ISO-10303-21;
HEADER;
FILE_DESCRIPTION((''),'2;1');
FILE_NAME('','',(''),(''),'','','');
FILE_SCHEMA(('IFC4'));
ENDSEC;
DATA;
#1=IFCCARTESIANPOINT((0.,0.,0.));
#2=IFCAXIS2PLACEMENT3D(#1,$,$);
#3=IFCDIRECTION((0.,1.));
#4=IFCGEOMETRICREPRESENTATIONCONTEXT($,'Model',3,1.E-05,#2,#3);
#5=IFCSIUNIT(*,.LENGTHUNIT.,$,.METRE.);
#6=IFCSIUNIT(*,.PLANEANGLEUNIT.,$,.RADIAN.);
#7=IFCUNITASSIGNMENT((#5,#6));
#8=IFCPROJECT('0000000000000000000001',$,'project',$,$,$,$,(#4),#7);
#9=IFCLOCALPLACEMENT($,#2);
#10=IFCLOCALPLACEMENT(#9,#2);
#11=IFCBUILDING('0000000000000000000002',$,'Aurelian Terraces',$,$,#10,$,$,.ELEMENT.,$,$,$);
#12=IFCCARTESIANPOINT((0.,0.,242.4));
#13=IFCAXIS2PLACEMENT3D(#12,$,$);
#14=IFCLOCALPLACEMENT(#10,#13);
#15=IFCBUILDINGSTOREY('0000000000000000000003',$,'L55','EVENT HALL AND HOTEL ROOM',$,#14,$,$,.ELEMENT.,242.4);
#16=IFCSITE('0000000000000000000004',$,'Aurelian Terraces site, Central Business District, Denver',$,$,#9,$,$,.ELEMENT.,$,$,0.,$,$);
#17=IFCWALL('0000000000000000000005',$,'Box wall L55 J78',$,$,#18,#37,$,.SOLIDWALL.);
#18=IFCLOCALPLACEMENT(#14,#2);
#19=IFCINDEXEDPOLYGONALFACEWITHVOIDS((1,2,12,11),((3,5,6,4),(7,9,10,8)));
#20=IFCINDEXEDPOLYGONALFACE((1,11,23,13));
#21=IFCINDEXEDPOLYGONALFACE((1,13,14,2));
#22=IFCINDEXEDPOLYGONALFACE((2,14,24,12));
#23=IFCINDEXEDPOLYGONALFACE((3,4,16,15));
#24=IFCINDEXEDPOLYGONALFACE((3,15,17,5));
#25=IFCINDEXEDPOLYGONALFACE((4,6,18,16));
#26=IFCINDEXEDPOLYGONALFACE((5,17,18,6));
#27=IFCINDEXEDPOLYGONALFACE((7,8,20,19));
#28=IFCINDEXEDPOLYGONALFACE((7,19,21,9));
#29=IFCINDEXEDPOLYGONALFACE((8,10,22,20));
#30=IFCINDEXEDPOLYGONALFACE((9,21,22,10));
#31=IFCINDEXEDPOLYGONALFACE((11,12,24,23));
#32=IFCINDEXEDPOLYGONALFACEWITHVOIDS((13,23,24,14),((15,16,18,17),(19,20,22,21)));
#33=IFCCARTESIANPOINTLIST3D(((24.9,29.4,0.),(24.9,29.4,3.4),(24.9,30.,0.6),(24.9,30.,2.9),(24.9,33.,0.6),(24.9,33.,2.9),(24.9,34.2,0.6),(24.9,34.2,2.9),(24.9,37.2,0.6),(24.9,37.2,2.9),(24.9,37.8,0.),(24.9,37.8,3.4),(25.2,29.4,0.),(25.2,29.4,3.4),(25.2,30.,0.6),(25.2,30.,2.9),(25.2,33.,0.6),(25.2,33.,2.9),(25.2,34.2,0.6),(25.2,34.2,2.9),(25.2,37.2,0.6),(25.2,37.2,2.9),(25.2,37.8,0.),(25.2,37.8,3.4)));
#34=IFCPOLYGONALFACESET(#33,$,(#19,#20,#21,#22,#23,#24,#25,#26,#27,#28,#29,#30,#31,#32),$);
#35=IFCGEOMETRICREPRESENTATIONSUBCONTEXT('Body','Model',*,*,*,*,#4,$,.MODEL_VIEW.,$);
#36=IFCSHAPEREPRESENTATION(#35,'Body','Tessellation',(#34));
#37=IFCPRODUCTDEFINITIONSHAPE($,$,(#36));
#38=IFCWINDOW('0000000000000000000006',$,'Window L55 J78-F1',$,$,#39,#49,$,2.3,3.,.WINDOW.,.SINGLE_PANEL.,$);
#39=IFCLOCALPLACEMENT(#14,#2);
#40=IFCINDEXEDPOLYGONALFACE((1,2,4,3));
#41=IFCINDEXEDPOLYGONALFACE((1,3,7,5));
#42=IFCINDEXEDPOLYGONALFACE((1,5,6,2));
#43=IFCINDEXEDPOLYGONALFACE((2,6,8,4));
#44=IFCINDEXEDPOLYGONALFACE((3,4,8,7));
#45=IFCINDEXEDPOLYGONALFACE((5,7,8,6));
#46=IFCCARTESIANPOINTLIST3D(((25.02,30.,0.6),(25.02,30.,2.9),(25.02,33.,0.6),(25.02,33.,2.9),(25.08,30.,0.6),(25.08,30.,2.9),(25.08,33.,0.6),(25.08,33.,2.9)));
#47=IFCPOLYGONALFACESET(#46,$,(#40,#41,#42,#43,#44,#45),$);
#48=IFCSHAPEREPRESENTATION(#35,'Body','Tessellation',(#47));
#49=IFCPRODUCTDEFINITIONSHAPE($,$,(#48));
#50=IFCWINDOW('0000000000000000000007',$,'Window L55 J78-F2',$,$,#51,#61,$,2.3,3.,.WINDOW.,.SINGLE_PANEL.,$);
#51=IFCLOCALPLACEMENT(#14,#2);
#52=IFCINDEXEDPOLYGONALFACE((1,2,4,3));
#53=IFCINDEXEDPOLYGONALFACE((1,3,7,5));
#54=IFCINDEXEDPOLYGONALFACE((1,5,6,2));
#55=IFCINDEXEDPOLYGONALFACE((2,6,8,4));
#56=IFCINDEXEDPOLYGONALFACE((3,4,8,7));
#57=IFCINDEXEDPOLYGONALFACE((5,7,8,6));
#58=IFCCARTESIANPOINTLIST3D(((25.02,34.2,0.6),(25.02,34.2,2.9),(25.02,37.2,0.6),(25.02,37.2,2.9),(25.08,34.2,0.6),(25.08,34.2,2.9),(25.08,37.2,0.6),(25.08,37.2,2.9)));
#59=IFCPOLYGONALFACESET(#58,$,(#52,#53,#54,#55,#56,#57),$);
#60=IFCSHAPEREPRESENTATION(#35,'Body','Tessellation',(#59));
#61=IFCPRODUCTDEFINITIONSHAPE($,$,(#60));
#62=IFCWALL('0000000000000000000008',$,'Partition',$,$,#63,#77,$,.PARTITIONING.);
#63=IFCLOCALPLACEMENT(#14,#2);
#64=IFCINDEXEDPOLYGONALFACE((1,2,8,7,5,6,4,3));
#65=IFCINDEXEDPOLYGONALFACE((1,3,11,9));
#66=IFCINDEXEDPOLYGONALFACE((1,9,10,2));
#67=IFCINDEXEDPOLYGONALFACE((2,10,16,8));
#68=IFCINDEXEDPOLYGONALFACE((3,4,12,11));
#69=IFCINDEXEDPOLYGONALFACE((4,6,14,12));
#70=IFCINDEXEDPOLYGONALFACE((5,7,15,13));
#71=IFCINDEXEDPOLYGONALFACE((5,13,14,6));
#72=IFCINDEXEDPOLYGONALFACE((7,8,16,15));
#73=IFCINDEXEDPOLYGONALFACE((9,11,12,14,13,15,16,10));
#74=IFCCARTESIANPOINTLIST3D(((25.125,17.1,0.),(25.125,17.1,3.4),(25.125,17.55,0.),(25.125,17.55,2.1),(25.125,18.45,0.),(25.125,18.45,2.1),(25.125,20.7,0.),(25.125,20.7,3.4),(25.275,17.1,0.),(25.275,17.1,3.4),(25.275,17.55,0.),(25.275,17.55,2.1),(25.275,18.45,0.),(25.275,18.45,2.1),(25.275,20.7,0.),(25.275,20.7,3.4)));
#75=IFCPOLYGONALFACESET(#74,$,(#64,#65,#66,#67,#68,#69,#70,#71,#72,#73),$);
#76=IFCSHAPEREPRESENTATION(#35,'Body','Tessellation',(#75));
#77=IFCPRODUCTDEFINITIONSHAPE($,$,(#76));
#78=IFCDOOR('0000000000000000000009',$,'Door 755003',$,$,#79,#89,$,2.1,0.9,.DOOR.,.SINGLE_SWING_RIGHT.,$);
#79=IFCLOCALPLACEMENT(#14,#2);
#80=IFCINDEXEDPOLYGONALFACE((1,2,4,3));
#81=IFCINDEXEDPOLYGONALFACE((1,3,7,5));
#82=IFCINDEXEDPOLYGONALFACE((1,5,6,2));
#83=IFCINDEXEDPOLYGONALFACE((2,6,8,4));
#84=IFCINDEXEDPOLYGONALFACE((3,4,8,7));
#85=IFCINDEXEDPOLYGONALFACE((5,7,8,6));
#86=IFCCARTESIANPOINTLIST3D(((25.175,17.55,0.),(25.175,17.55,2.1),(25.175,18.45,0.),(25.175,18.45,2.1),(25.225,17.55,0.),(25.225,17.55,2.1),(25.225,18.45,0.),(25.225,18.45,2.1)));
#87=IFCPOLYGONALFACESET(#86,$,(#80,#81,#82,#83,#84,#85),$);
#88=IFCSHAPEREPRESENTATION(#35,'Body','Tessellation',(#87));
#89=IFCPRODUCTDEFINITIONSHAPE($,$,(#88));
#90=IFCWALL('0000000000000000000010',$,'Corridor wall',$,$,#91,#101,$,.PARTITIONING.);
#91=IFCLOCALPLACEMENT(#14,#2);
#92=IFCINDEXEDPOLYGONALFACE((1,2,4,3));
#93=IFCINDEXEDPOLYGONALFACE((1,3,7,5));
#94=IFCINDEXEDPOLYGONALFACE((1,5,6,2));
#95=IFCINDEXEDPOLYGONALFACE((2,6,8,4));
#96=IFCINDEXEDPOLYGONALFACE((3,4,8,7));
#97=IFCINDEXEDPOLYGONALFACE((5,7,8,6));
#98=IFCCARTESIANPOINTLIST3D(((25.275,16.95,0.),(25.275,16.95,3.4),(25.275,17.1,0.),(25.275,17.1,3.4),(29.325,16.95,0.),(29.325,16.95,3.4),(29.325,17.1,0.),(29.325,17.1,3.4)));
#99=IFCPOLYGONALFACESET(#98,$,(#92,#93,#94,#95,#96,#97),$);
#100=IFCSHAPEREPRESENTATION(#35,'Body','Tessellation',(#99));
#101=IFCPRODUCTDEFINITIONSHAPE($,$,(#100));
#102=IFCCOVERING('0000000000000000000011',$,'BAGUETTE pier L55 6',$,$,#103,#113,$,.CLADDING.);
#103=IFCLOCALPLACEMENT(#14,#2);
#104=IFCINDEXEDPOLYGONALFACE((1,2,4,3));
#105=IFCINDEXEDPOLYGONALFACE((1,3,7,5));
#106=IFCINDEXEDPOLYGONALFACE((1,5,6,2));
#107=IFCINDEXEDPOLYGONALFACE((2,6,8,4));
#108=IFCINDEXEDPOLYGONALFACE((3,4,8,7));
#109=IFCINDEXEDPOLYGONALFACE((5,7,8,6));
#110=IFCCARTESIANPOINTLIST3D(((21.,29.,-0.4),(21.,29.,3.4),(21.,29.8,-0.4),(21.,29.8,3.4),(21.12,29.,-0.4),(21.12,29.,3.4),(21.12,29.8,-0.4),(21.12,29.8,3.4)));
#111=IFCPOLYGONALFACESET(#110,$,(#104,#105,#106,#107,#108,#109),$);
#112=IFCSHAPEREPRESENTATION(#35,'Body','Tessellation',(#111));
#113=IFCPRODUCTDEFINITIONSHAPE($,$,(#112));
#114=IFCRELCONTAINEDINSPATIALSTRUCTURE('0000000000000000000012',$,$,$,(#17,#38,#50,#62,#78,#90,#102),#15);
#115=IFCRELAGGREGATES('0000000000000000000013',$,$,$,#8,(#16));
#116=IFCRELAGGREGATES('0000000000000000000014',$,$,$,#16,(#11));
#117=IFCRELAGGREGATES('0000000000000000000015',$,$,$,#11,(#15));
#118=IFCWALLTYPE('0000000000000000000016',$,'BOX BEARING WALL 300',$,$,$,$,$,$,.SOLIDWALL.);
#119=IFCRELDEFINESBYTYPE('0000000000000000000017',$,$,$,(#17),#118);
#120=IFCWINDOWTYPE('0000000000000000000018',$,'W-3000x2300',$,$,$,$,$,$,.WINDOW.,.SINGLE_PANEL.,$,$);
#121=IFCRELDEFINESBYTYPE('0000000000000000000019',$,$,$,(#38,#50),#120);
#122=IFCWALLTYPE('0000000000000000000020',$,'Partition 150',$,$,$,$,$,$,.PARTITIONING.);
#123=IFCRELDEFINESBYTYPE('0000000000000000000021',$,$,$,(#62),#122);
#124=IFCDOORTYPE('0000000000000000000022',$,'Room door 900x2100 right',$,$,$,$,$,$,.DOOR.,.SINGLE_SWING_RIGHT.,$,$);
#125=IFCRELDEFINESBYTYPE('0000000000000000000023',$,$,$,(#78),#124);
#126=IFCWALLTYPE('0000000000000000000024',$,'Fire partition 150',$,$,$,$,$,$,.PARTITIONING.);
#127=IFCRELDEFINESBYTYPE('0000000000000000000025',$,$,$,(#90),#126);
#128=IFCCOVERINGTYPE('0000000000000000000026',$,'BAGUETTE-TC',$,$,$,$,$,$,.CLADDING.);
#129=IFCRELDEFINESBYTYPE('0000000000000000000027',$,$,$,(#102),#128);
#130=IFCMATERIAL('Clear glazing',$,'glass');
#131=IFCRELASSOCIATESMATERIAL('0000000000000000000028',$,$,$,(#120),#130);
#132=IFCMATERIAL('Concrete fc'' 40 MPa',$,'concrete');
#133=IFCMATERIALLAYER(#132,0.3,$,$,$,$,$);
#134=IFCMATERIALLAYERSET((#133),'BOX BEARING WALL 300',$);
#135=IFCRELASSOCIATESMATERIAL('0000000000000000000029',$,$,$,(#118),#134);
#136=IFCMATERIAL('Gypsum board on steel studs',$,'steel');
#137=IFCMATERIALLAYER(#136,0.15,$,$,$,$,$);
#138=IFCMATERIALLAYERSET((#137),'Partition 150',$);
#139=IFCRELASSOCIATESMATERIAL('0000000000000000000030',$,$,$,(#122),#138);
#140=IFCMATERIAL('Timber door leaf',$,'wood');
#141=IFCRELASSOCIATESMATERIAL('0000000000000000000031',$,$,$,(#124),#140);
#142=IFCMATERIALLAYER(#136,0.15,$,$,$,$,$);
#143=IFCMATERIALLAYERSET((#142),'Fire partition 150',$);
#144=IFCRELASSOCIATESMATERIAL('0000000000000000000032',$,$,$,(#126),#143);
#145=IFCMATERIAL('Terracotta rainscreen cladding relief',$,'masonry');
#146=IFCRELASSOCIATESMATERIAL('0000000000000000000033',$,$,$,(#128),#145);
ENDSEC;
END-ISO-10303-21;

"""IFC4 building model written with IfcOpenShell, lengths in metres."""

from ifc_helpers import new_model, si_unit, direction, frame, frame_2d, origin, origin_2d, place, context, subcontext, project, spatial, rectangle, extrude, source, transform, mapped, material, layer, layer_set, type_object, element, fill, save


model = new_model("IFC4")

# Units and contexts
model_context = context("Model", 3, precision=1e-05, world=origin(), true_north=direction((0.0, 1.0)))
body_context = subcontext(model_context, "Body", "Model", "MODEL_VIEW")
ifc_project = project(units=[si_unit("LENGTHUNIT", "METRE"), si_unit("PLANEANGLEUNIT", "RADIAN")], contexts=[model_context])

# Site, building, storey
site_placement = place(None, origin())
site = spatial("IfcSite", under=ifc_project, at=site_placement, Name="Aurelian Terraces site, Central Business District, Denver", CompositionType="ELEMENT", RefElevation=0.0)
building_placement = place(site_placement, origin())
building = spatial("IfcBuilding", under=site, at=building_placement, Name="Aurelian Terraces", CompositionType="ELEMENT")
storey_placement = place(building_placement, frame((0.0, 0.0, 242.4)))
storey = spatial("IfcBuildingStorey", under=building, at=storey_placement, Name="L55", Description="EVENT HALL AND HOTEL ROOM", CompositionType="ELEMENT", Elevation=242.4)

# Shared definitions
ifc_material_1 = material(Name="Concrete fc' 40 MPa", Category="concrete")
ifc_material_2 = material(Name="Clear glazing", Category="glass")

# Wall, openings, windows
shared_shape_1 = source(origin(), body_context, "Body", "SweptSolid", [
    extrude(rectangle(XDim=3.0, YDim=2.3, at=frame_2d((1.5, 1.15))), frame((0.0, 0.16, 0.0), z_axis=(0.0, -1.0, 0.0), x_axis=(1.0, 0.0, 0.0)), (0.0, 0.0, 1.0), 0.32),
])
window_type_1 = type_object("IfcWindowType", Name="W-3000x2300", PartitioningType="SINGLE_PANEL", PredefinedType="WINDOW", material=ifc_material_2)
shared_shape_2 = source(origin(), body_context, "Body", "SweptSolid", [
    extrude(rectangle(XDim=3.0, YDim=2.3, at=frame_2d((1.5, 1.15))), frame((0.0, 0.03, 0.0), z_axis=(0.0, -1.0, 0.0), x_axis=(1.0, 0.0, 0.0)), (0.0, 0.0, 1.0), 0.06),
])
ifc_layer_1 = layer(ifc_material_1, 0.3)
ifc_layer_set_1 = layer_set([ifc_layer_1], Name="BOX BEARING WALL 300")
wall_type_1 = type_object("IfcWallType", Name="BOX BEARING WALL 300", PredefinedType="SOLIDWALL", material=ifc_layer_set_1)
shared_shape_3 = source(origin(), body_context, "Body", "SweptSolid", [
    extrude(rectangle(XDim=8.4, YDim=0.3, at=frame_2d((4.2, 0.0))), origin(), (0.0, 0.0, 1.0), 3.4),
])
wall_1_placement = place(storey_placement, frame((25.05, 29.4, 0.0), z_axis=(0.0, 0.0, 1.0), x_axis=(0.0, 1.0, 0.0)))
wall_1 = element("IfcWall", 1, at=wall_1_placement, inside=storey, type_object=wall_type_1, Name="Box wall L55 J78", PredefinedType="SOLIDWALL", context=body_context, shape_type="MappedRepresentation", body=[
    mapped(shared_shape_3, transform((0.0, 0.0, 0.0), scale=1.0)),
])
opening_1_placement = place(wall_1_placement, frame((0.6, 0.0, 0.6)))
opening_1 = element("IfcOpeningElement", 2, at=opening_1_placement, cuts=wall_1, PredefinedType="OPENING", context=body_context, shape_type="MappedRepresentation", body=[
    mapped(shared_shape_1, transform((0.0, 0.0, 0.0), scale=1.0)),
])
opening_2_placement = place(wall_1_placement, frame((4.8, 0.0, 0.6)))
opening_2 = element("IfcOpeningElement", 3, at=opening_2_placement, cuts=wall_1, PredefinedType="OPENING", context=body_context, shape_type="MappedRepresentation", body=[
    mapped(shared_shape_1, transform((0.0, 0.0, 0.0), scale=1.0)),
])
window_1_placement = place(opening_1_placement, origin())
window_1 = element("IfcWindow", 4, at=window_1_placement, inside=storey, type_object=window_type_1, Name="Window L55 J78-F1", OverallHeight=2.3, OverallWidth=3.0, PartitioningType="SINGLE_PANEL", PredefinedType="WINDOW", context=body_context, shape_type="MappedRepresentation", body=[
    mapped(shared_shape_2, transform((0.0, 0.0, 0.0), scale=1.0)),
])
fill(opening_1, window_1)
window_2_placement = place(opening_2_placement, origin())
window_2 = element("IfcWindow", 5, at=window_2_placement, inside=storey, type_object=window_type_1, Name="Window L55 J78-F2", OverallHeight=2.3, OverallWidth=3.0, PartitioningType="SINGLE_PANEL", PredefinedType="WINDOW", context=body_context, shape_type="MappedRepresentation", body=[
    mapped(shared_shape_2, transform((0.0, 0.0, 0.0), scale=1.0)),
])
fill(opening_2, window_2)

# Wall, opening, door
ifc_material_3 = material(Name="Gypsum board on steel studs", Category="steel")
ifc_layer_2 = layer(ifc_material_3, 0.15)
ifc_layer_set_2 = layer_set([ifc_layer_2], Name="Partition 150")
wall_type_2 = type_object("IfcWallType", Name="Partition 150", PredefinedType="PARTITIONING", material=ifc_layer_set_2)
shared_shape_4 = source(origin(), body_context, "Body", "SweptSolid", [
    extrude(rectangle(XDim=3.6, YDim=0.15, at=frame_2d((1.8, 0.0))), origin(), (0.0, 0.0, 1.0), 3.4),
])
wall_2_placement = place(storey_placement, frame((25.2, 20.7, 0.0), z_axis=(0.0, 0.0, 1.0), x_axis=(0.0, -1.0, 0.0)))
wall_2 = element("IfcWall", 6, at=wall_2_placement, inside=storey, type_object=wall_type_2, Name="Partition", PredefinedType="PARTITIONING", context=body_context, shape_type="MappedRepresentation", body=[
    mapped(shared_shape_4, transform((0.0, 0.0, 0.0), scale=1.0)),
])
shared_shape_5 = source(origin(), body_context, "Body", "SweptSolid", [
    extrude(rectangle(XDim=0.9, YDim=2.1, at=frame_2d((0.45, 1.05))), frame((0.0, 0.085, 0.0), z_axis=(0.0, -1.0, 0.0), x_axis=(1.0, 0.0, 0.0)), (0.0, 0.0, 1.0), 0.17),
])
opening_3_placement = place(wall_2_placement, frame((2.25, 0.0, 0.0)))
opening_3 = element("IfcOpeningElement", 7, at=opening_3_placement, cuts=wall_2, PredefinedType="OPENING", context=body_context, shape_type="MappedRepresentation", body=[
    mapped(shared_shape_5, transform((0.0, 0.0, 0.0), scale=1.0)),
])
ifc_material_4 = material(Name="Timber door leaf", Category="wood")
door_type = type_object("IfcDoorType", Name="Room door 900x2100 right", OperationType="SINGLE_SWING_RIGHT", PredefinedType="DOOR", material=ifc_material_4)
shared_shape_6 = source(origin(), body_context, "Body", "SweptSolid", [
    extrude(rectangle(XDim=0.9, YDim=2.1, at=frame_2d((0.45, 1.05))), frame((0.0, 0.025, 0.0), z_axis=(0.0, -1.0, 0.0), x_axis=(1.0, 0.0, 0.0)), (0.0, 0.0, 1.0), 0.05),
])
door_placement = place(opening_3_placement, origin())
door = element("IfcDoor", 8, at=door_placement, inside=storey, type_object=door_type, Name="Door 755003", OperationType="SINGLE_SWING_RIGHT", OverallHeight=2.1, OverallWidth=0.9, PredefinedType="DOOR", context=body_context, shape_type="MappedRepresentation", body=[
    mapped(shared_shape_6, transform((0.0, 0.0, 0.0), scale=1.0)),
])
fill(opening_3, door)

# Wall
ifc_layer_3 = layer(ifc_material_3, 0.15)
ifc_layer_set_3 = layer_set([ifc_layer_3], Name="Fire partition 150")
wall_type_3 = type_object("IfcWallType", Name="Fire partition 150", PredefinedType="PARTITIONING", material=ifc_layer_set_3)
shared_shape_7 = source(origin(), body_context, "Body", "SweptSolid", [
    extrude(rectangle(XDim=4.05, YDim=0.15, at=frame_2d((2.025, 0.0))), origin(), (0.0, 0.0, 1.0), 3.4),
])
wall_3_placement = place(storey_placement, frame((25.275, 17.025, 0.0), z_axis=(0.0, 0.0, 1.0), x_axis=(1.0, 0.0, 0.0)))
element("IfcWall", 9, at=wall_3_placement, inside=storey, type_object=wall_type_3, Name="Corridor wall", PredefinedType="PARTITIONING", context=body_context, shape_type="MappedRepresentation", body=[
    mapped(shared_shape_7, transform((0.0, 0.0, 0.0), scale=1.0)),
])

# Covering
ifc_material_5 = material(Name="Terracotta rainscreen cladding relief", Category="masonry")
covering_type = type_object("IfcCoveringType", Name="BAGUETTE-TC", PredefinedType="CLADDING", material=ifc_material_5)
shared_shape_8 = source(origin(), body_context, "Body", "SweptSolid", [
    extrude(rectangle(XDim=0.12, YDim=0.8, at=origin_2d()), origin(), (0.0, 0.0, 1.0), 3.8),
])
covering_placement = place(storey_placement, frame((21.06, 29.4, -0.4), z_axis=(0.0, 0.0, 1.0), x_axis=(1.0, 0.0, 0.0)))
element("IfcCovering", 10, at=covering_placement, inside=storey, type_object=covering_type, Name="BAGUETTE pier L55 6", PredefinedType="CLADDING", context=body_context, shape_type="MappedRepresentation", body=[
    mapped(shared_shape_8, transform((0.0, 0.0, 0.0), scale=1.0)),
])

save(model, "model.ifc")
